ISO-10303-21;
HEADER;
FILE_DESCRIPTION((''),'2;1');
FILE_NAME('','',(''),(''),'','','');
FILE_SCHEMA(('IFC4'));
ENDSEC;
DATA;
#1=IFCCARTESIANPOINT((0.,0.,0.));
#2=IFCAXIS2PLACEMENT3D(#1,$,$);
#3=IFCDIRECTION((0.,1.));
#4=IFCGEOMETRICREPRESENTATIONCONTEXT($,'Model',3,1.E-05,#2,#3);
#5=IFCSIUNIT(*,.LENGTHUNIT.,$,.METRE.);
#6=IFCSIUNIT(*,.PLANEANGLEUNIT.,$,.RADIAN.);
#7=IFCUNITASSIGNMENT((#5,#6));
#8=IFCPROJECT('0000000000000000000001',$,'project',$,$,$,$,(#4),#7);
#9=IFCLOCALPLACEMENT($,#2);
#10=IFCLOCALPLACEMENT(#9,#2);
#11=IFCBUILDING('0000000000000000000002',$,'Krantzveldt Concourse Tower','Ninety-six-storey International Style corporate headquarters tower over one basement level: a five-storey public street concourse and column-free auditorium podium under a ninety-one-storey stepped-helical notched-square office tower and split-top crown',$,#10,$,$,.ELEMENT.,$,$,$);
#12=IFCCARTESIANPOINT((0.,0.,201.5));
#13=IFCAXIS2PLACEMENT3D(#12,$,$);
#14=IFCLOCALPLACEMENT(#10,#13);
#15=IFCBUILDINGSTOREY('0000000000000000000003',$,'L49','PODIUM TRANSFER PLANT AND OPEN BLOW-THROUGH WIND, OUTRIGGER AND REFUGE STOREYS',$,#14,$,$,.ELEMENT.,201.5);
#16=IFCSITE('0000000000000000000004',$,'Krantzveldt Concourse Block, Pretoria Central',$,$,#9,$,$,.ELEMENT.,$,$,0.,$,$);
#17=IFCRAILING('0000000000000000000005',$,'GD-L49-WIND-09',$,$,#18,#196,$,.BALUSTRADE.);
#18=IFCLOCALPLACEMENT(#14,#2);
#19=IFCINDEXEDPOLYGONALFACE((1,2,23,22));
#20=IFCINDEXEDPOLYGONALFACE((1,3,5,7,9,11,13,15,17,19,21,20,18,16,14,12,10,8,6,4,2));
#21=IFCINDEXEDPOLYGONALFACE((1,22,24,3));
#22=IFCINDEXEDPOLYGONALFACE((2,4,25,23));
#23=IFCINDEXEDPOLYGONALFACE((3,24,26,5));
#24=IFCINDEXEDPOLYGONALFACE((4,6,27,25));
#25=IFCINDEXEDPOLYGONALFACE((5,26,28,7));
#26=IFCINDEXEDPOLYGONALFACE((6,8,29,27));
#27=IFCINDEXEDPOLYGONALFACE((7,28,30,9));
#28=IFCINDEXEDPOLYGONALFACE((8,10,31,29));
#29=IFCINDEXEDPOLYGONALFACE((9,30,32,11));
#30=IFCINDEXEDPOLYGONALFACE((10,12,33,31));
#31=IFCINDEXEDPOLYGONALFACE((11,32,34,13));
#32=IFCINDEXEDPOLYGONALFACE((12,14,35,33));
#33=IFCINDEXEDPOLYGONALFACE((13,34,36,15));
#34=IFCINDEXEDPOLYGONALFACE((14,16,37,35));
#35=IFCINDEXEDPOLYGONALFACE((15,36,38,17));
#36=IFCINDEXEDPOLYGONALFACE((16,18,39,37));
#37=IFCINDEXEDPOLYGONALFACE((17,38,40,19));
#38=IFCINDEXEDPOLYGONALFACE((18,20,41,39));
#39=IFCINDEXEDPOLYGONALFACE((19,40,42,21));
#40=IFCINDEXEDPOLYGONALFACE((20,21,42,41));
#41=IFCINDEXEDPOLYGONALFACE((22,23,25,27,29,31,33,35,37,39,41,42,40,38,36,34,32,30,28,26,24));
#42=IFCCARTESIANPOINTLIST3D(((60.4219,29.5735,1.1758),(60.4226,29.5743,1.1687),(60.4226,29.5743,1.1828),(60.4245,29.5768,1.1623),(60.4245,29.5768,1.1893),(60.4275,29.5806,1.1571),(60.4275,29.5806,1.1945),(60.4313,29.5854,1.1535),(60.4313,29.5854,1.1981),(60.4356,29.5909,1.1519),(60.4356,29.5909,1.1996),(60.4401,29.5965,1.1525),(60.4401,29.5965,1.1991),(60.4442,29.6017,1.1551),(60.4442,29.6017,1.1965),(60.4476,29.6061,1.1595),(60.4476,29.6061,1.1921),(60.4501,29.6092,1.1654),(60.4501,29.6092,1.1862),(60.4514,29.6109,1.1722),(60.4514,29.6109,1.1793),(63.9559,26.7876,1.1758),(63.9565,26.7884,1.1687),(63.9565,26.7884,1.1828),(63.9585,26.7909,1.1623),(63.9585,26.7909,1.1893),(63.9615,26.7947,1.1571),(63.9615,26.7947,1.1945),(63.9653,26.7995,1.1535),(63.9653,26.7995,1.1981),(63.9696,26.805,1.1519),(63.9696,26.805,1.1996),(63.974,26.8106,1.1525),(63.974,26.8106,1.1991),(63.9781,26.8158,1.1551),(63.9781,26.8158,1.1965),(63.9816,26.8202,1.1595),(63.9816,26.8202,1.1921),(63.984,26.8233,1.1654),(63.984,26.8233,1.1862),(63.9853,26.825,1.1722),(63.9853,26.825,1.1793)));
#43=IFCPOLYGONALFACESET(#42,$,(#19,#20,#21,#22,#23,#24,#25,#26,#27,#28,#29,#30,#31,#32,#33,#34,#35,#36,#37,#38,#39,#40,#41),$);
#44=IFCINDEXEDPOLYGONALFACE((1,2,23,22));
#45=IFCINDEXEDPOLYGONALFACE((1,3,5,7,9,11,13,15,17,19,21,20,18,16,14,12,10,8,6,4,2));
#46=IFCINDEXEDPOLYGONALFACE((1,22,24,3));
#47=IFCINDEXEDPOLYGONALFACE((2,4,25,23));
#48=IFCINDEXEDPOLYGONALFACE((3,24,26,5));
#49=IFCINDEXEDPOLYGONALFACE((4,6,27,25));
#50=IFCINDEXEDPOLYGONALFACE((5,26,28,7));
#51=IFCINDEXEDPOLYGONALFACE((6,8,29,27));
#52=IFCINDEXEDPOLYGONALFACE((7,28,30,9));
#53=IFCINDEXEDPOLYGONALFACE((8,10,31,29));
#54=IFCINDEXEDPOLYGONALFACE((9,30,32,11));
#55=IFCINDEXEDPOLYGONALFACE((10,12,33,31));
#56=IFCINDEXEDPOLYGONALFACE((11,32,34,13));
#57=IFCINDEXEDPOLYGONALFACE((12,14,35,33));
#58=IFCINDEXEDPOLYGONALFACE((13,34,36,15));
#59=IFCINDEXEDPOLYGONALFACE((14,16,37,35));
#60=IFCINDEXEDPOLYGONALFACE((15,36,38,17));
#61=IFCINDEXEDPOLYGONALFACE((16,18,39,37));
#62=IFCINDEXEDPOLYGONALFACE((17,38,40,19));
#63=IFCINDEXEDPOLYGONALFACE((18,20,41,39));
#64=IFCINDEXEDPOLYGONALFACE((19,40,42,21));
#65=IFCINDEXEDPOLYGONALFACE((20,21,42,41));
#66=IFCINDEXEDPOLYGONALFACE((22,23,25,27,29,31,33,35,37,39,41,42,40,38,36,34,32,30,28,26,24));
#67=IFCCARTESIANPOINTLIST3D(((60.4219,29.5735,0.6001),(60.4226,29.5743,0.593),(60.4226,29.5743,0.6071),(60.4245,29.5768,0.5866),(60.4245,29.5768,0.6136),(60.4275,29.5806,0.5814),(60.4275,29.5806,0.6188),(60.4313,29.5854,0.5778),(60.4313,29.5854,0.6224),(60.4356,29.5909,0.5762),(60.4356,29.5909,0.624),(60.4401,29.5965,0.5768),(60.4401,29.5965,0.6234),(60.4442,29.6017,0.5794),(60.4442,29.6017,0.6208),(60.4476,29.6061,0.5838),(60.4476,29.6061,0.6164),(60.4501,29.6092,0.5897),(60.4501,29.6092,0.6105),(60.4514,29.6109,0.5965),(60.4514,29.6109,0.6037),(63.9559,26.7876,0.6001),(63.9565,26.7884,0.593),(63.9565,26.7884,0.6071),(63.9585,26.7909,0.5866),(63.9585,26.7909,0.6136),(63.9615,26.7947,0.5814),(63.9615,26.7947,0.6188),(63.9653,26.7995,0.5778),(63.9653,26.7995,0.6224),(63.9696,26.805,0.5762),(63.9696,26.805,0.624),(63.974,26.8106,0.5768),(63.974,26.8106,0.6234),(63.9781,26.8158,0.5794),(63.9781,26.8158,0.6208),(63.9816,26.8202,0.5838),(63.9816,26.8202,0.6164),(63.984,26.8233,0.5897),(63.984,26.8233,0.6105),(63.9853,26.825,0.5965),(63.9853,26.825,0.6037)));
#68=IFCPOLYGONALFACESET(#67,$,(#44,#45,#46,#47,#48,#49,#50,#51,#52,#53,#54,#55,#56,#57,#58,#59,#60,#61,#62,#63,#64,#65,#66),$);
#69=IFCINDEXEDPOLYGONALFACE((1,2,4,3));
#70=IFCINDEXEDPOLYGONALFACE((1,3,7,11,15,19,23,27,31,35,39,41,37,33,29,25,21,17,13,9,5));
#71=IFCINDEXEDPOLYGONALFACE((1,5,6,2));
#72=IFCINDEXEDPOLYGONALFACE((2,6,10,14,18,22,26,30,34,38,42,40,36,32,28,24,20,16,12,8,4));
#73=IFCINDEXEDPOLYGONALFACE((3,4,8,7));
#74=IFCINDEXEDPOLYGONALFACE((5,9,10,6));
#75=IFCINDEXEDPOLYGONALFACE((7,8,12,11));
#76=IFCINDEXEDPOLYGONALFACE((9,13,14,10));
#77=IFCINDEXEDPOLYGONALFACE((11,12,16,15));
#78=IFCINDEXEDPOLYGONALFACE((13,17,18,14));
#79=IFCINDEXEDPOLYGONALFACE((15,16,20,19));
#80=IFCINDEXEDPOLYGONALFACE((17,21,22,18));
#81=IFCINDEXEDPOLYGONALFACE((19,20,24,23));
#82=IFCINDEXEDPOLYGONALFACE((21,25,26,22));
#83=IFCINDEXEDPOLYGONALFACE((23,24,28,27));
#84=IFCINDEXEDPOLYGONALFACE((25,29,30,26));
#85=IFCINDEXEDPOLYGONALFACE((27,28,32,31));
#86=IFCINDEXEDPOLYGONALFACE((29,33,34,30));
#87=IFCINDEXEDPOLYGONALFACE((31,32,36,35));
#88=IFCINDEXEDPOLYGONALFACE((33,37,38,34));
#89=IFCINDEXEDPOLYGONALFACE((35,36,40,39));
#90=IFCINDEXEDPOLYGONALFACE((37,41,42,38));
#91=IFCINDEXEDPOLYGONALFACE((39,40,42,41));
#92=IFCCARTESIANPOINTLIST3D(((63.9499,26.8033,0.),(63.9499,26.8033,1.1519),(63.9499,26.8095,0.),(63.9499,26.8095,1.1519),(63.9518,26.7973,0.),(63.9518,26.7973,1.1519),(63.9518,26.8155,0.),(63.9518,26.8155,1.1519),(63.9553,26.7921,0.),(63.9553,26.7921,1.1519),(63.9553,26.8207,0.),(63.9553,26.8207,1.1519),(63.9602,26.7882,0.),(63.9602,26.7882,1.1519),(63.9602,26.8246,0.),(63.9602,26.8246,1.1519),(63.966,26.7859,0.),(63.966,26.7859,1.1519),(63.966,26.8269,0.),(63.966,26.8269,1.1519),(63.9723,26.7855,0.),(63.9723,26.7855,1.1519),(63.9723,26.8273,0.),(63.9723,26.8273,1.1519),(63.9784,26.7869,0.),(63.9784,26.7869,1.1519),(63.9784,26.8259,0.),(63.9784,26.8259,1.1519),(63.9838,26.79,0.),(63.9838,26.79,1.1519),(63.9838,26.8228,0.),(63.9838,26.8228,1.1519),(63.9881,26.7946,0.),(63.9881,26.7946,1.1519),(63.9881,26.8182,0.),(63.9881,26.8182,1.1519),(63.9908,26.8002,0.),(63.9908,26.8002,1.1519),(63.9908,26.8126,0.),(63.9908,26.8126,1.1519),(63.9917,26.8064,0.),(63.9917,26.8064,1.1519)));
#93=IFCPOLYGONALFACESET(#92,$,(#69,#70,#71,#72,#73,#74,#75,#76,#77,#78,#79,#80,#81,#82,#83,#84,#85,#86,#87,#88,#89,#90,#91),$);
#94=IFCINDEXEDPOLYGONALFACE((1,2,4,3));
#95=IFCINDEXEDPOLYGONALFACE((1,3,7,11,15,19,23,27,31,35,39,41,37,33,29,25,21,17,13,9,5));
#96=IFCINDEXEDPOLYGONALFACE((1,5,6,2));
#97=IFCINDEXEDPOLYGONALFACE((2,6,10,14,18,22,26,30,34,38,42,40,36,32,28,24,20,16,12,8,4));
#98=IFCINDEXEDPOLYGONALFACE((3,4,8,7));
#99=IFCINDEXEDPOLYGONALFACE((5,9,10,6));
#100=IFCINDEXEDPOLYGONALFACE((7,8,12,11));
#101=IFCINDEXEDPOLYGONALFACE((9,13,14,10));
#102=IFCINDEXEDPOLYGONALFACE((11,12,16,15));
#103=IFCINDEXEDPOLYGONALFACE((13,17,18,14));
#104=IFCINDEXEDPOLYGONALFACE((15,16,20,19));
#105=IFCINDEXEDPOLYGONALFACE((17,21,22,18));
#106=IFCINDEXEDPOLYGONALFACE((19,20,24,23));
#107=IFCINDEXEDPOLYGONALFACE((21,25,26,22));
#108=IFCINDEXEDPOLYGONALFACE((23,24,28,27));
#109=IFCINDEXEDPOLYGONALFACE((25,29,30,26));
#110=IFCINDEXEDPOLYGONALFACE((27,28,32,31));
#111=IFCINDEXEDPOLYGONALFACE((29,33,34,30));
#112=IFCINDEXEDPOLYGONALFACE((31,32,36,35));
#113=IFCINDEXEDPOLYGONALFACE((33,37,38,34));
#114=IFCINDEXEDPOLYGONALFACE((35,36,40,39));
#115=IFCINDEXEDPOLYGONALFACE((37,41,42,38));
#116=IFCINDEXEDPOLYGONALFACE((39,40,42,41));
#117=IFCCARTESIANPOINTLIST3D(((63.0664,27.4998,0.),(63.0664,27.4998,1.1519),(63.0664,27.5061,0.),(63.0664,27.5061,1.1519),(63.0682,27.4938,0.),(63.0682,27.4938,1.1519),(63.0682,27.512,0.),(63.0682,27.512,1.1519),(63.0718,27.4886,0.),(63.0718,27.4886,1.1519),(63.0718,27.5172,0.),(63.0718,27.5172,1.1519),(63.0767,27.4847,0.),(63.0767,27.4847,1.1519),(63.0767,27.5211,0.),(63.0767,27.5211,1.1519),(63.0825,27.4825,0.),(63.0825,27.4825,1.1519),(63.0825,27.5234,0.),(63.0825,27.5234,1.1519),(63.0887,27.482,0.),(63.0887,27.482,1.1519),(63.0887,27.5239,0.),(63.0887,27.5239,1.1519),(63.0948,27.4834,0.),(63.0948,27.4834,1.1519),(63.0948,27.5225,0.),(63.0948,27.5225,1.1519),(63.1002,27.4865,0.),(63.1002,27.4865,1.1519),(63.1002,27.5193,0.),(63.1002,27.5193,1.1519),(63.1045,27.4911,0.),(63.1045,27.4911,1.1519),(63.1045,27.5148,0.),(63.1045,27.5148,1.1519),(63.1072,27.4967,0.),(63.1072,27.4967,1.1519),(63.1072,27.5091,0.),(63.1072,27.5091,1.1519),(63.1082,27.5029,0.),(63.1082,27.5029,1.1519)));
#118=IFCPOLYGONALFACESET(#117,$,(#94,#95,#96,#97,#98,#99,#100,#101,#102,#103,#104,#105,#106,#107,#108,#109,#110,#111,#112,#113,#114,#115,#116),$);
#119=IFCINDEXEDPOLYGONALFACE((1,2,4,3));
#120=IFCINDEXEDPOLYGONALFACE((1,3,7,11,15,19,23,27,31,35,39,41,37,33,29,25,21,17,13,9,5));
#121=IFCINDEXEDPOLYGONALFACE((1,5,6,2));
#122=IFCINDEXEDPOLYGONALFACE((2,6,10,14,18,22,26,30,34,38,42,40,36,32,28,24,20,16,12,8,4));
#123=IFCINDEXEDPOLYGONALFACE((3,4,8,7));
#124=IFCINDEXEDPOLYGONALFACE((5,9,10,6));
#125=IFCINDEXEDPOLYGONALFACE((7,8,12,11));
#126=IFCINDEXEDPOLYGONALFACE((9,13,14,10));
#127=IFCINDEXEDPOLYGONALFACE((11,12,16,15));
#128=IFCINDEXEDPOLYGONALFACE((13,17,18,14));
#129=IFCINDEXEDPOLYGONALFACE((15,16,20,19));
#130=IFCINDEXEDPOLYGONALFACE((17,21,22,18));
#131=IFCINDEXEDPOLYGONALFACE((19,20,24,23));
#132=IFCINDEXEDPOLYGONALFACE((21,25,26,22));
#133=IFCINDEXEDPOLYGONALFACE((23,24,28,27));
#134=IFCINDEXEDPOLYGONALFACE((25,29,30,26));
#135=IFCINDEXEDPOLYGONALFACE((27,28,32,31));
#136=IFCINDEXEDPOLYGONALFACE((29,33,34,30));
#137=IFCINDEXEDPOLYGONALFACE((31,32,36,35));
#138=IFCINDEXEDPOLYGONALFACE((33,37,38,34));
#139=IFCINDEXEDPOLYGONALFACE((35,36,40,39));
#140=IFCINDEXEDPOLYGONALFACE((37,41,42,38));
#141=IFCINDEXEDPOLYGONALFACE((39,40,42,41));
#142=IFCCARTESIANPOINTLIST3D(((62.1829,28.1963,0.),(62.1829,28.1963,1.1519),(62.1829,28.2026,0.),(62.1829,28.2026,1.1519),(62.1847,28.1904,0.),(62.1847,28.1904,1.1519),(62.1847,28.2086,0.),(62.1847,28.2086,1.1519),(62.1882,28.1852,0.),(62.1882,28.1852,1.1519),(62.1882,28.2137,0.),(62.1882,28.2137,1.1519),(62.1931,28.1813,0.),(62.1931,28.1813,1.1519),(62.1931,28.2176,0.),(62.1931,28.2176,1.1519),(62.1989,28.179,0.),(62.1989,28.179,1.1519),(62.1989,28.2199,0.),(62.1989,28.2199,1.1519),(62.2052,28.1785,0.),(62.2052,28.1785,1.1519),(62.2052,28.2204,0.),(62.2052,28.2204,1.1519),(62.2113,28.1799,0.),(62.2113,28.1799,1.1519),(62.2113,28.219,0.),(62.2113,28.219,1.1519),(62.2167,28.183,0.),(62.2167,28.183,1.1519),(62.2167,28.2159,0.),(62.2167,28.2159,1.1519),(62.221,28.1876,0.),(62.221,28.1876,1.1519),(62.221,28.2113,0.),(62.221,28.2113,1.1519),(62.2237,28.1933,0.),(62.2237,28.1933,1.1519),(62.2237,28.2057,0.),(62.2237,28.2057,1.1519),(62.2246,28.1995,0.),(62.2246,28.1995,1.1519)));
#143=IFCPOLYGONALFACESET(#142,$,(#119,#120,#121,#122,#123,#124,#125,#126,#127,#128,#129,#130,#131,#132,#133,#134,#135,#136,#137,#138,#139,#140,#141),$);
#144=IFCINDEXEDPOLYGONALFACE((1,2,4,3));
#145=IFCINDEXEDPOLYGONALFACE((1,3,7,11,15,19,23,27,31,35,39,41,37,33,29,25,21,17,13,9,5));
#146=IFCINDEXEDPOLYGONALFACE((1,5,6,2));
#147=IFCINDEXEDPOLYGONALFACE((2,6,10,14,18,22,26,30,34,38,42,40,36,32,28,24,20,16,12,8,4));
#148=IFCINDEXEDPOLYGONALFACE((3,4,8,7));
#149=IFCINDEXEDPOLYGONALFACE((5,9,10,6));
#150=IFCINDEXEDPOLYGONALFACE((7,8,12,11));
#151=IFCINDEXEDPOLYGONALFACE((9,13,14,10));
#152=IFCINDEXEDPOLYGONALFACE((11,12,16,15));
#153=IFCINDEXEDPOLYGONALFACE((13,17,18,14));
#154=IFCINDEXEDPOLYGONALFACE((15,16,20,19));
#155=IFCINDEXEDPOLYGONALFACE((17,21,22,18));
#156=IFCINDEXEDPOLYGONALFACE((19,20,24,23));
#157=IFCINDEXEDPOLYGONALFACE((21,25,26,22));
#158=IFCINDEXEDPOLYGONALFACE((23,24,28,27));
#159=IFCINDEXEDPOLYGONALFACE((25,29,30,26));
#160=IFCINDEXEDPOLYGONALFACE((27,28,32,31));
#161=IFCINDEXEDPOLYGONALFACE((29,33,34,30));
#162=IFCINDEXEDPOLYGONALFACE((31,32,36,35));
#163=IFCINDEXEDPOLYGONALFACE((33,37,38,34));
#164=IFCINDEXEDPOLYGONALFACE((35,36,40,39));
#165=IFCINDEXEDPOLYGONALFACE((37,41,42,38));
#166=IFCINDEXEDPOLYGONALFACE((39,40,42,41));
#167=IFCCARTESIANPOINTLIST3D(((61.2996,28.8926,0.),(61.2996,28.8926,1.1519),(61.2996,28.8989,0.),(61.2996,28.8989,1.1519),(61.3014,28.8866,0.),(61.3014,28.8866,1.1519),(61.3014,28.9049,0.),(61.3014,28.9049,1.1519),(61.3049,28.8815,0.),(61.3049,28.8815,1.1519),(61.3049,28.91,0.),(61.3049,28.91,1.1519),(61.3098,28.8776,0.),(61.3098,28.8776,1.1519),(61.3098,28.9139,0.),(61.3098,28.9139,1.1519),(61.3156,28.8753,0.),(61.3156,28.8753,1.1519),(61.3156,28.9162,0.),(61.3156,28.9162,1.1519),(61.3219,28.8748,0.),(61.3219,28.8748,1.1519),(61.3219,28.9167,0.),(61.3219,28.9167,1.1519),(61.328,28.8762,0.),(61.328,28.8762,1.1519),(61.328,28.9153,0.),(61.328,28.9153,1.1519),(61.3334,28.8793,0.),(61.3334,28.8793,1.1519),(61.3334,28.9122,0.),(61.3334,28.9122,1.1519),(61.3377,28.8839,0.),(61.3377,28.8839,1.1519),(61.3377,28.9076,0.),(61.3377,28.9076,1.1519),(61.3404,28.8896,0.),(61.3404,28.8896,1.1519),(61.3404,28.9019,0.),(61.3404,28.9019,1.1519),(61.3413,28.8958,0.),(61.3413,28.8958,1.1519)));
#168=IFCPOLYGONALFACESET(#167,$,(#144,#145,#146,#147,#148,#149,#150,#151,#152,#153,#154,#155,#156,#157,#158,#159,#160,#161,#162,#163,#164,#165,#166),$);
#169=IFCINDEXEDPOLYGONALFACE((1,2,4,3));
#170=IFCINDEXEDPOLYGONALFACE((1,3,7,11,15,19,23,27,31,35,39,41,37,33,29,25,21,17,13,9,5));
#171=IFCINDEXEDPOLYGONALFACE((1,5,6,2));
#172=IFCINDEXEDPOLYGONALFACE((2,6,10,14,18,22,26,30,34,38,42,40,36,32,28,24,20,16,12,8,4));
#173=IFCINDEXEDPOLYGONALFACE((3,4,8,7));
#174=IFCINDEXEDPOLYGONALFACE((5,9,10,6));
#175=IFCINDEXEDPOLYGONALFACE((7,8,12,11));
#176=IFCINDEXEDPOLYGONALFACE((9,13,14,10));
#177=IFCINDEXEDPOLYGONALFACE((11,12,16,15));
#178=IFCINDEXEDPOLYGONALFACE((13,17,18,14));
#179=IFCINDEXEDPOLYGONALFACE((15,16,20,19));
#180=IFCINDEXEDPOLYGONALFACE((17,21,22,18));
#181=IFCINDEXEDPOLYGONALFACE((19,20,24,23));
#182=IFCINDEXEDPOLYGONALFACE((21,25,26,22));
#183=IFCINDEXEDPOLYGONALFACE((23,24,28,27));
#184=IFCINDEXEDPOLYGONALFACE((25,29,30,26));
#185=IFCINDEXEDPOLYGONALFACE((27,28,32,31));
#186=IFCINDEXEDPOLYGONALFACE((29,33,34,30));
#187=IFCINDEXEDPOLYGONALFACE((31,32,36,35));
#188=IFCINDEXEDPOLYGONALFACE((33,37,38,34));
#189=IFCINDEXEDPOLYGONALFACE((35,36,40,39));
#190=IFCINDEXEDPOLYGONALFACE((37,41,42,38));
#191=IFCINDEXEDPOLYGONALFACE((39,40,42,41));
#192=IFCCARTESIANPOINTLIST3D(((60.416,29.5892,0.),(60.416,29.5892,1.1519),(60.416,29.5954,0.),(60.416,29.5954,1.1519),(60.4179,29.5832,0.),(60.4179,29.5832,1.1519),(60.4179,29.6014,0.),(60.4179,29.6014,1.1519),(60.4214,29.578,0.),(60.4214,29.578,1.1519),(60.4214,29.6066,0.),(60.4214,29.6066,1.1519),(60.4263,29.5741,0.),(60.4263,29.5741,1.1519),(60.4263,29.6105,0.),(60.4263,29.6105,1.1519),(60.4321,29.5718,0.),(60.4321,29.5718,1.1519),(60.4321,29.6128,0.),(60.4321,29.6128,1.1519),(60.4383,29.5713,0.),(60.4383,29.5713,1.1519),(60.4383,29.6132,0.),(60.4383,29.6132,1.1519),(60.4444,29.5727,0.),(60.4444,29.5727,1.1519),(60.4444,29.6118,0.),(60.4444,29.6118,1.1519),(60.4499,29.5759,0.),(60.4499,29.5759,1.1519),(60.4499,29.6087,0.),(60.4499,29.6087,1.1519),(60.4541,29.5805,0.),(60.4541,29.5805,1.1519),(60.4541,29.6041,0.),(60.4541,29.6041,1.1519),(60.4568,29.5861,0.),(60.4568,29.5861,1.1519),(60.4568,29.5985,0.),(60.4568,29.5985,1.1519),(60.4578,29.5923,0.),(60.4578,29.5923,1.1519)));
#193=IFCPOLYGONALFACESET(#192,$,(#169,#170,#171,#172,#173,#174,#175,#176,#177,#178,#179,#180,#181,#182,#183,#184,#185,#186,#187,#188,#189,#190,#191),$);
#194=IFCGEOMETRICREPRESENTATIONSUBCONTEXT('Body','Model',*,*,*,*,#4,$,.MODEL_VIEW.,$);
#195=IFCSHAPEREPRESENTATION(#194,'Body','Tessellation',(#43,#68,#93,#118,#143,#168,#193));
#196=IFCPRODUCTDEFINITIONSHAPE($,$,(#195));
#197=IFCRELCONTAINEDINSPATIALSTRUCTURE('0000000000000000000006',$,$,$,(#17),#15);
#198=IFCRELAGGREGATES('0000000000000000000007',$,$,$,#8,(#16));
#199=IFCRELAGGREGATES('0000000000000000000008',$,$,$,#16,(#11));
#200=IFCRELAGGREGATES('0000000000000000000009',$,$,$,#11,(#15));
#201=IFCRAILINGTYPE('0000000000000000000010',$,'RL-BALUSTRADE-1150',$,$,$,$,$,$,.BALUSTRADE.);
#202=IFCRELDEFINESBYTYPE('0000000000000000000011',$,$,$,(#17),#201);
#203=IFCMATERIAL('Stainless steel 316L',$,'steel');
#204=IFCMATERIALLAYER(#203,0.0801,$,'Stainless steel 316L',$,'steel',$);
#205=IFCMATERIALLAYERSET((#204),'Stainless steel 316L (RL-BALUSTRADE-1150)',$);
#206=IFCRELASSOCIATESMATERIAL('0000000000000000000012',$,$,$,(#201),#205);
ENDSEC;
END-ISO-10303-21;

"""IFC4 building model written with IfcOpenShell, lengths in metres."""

from ifc_helpers import new_model, si_unit, direction, frame, origin, origin_2d, place, context, subcontext, project, spatial, circle, extrude, material, layer, layer_set, type_object, element, save


model = new_model("IFC4")

# Units and contexts
model_context = context("Model", 3, precision=1e-05, world=origin(), true_north=direction((0.0, 1.0)))
body_context = subcontext(model_context, "Body", "Model", "MODEL_VIEW")
ifc_project = project(units=[si_unit("LENGTHUNIT", "METRE"), si_unit("PLANEANGLEUNIT", "RADIAN")], contexts=[model_context])

# Site, building, storey
site_placement = place(None, origin())
site = spatial("IfcSite", under=ifc_project, at=site_placement, Name="Krantzveldt Concourse Block, Pretoria Central", CompositionType="ELEMENT", RefElevation=0.0)
building_placement = place(site_placement, origin())
building = spatial("IfcBuilding", under=site, at=building_placement, Name="Krantzveldt Concourse Tower", Description="Ninety-six-storey International Style corporate headquarters tower over one basement level: a five-storey public street concourse and column-free auditorium podium under a ninety-one-storey stepped-helical notched-square office tower and split-top crown", CompositionType="ELEMENT")
storey_placement = place(building_placement, frame((0.0, 0.0, 201.5)))
storey = spatial("IfcBuildingStorey", under=building, at=storey_placement, Name="L49", Description="PODIUM TRANSFER PLANT AND OPEN BLOW-THROUGH WIND, OUTRIGGER AND REFUGE STOREYS", CompositionType="ELEMENT", Elevation=201.5)

# Railing
ifc_material_1 = material(Name="Stainless steel 316L", Category="steel")
ifc_layer_1 = layer(ifc_material_1, 0.0801, Name="Stainless steel 316L", Category="steel")
ifc_layer_set_1 = layer_set([ifc_layer_1], Name="Stainless steel 316L (RL-BALUSTRADE-1150)")
railing_type = type_object("IfcRailingType", Name="RL-BALUSTRADE-1150", PredefinedType="BALUSTRADE", material=ifc_layer_set_1)
railing_1_placement = place(storey_placement, frame((63.9707, 26.8064, 0.0)))
element("IfcRailing", 1, at=railing_1_placement, inside=storey, type_object=railing_type, Name="GD-L49-WIND-09", PredefinedType="BALUSTRADE", context=body_context, shape_type="SweptSolid", body=[
    extrude(circle(Radius=0.0239, at=origin_2d()), frame((0.0, 0.0, 1.1758), z_axis=(-0.785321, 0.619088, 0.0), x_axis=(-0.619088, -0.785321, 0.0)), (0.0, 0.0, 1.0), 4.5),
    extrude(circle(Radius=0.0239, at=origin_2d()), frame((0.0, 0.0, 0.6001), z_axis=(-0.785321, 0.619088, 0.0), x_axis=(-0.619088, -0.785321, 0.0)), (0.0, 0.0, 1.0), 4.5),
    extrude(circle(Radius=0.021, at=origin_2d()), origin(), (0.0, 0.0, 1.0), 1.1519),
    extrude(circle(Radius=0.021, at=origin_2d()), frame((-0.8835, 0.6965, 0.0)), (0.0, 0.0, 1.0), 1.1519),
    extrude(circle(Radius=0.021, at=origin_2d()), frame((-1.7671, 1.3931, 0.0)), (0.0, 0.0, 1.0), 1.1519),
    extrude(circle(Radius=0.021, at=origin_2d()), frame((-2.6504, 2.0894, 0.0)), (0.0, 0.0, 1.0), 1.1519),
    extrude(circle(Radius=0.021, at=origin_2d()), frame((-3.5339, 2.7859, 0.0)), (0.0, 0.0, 1.0), 1.1519),
])

save(model, "model.ifc")
